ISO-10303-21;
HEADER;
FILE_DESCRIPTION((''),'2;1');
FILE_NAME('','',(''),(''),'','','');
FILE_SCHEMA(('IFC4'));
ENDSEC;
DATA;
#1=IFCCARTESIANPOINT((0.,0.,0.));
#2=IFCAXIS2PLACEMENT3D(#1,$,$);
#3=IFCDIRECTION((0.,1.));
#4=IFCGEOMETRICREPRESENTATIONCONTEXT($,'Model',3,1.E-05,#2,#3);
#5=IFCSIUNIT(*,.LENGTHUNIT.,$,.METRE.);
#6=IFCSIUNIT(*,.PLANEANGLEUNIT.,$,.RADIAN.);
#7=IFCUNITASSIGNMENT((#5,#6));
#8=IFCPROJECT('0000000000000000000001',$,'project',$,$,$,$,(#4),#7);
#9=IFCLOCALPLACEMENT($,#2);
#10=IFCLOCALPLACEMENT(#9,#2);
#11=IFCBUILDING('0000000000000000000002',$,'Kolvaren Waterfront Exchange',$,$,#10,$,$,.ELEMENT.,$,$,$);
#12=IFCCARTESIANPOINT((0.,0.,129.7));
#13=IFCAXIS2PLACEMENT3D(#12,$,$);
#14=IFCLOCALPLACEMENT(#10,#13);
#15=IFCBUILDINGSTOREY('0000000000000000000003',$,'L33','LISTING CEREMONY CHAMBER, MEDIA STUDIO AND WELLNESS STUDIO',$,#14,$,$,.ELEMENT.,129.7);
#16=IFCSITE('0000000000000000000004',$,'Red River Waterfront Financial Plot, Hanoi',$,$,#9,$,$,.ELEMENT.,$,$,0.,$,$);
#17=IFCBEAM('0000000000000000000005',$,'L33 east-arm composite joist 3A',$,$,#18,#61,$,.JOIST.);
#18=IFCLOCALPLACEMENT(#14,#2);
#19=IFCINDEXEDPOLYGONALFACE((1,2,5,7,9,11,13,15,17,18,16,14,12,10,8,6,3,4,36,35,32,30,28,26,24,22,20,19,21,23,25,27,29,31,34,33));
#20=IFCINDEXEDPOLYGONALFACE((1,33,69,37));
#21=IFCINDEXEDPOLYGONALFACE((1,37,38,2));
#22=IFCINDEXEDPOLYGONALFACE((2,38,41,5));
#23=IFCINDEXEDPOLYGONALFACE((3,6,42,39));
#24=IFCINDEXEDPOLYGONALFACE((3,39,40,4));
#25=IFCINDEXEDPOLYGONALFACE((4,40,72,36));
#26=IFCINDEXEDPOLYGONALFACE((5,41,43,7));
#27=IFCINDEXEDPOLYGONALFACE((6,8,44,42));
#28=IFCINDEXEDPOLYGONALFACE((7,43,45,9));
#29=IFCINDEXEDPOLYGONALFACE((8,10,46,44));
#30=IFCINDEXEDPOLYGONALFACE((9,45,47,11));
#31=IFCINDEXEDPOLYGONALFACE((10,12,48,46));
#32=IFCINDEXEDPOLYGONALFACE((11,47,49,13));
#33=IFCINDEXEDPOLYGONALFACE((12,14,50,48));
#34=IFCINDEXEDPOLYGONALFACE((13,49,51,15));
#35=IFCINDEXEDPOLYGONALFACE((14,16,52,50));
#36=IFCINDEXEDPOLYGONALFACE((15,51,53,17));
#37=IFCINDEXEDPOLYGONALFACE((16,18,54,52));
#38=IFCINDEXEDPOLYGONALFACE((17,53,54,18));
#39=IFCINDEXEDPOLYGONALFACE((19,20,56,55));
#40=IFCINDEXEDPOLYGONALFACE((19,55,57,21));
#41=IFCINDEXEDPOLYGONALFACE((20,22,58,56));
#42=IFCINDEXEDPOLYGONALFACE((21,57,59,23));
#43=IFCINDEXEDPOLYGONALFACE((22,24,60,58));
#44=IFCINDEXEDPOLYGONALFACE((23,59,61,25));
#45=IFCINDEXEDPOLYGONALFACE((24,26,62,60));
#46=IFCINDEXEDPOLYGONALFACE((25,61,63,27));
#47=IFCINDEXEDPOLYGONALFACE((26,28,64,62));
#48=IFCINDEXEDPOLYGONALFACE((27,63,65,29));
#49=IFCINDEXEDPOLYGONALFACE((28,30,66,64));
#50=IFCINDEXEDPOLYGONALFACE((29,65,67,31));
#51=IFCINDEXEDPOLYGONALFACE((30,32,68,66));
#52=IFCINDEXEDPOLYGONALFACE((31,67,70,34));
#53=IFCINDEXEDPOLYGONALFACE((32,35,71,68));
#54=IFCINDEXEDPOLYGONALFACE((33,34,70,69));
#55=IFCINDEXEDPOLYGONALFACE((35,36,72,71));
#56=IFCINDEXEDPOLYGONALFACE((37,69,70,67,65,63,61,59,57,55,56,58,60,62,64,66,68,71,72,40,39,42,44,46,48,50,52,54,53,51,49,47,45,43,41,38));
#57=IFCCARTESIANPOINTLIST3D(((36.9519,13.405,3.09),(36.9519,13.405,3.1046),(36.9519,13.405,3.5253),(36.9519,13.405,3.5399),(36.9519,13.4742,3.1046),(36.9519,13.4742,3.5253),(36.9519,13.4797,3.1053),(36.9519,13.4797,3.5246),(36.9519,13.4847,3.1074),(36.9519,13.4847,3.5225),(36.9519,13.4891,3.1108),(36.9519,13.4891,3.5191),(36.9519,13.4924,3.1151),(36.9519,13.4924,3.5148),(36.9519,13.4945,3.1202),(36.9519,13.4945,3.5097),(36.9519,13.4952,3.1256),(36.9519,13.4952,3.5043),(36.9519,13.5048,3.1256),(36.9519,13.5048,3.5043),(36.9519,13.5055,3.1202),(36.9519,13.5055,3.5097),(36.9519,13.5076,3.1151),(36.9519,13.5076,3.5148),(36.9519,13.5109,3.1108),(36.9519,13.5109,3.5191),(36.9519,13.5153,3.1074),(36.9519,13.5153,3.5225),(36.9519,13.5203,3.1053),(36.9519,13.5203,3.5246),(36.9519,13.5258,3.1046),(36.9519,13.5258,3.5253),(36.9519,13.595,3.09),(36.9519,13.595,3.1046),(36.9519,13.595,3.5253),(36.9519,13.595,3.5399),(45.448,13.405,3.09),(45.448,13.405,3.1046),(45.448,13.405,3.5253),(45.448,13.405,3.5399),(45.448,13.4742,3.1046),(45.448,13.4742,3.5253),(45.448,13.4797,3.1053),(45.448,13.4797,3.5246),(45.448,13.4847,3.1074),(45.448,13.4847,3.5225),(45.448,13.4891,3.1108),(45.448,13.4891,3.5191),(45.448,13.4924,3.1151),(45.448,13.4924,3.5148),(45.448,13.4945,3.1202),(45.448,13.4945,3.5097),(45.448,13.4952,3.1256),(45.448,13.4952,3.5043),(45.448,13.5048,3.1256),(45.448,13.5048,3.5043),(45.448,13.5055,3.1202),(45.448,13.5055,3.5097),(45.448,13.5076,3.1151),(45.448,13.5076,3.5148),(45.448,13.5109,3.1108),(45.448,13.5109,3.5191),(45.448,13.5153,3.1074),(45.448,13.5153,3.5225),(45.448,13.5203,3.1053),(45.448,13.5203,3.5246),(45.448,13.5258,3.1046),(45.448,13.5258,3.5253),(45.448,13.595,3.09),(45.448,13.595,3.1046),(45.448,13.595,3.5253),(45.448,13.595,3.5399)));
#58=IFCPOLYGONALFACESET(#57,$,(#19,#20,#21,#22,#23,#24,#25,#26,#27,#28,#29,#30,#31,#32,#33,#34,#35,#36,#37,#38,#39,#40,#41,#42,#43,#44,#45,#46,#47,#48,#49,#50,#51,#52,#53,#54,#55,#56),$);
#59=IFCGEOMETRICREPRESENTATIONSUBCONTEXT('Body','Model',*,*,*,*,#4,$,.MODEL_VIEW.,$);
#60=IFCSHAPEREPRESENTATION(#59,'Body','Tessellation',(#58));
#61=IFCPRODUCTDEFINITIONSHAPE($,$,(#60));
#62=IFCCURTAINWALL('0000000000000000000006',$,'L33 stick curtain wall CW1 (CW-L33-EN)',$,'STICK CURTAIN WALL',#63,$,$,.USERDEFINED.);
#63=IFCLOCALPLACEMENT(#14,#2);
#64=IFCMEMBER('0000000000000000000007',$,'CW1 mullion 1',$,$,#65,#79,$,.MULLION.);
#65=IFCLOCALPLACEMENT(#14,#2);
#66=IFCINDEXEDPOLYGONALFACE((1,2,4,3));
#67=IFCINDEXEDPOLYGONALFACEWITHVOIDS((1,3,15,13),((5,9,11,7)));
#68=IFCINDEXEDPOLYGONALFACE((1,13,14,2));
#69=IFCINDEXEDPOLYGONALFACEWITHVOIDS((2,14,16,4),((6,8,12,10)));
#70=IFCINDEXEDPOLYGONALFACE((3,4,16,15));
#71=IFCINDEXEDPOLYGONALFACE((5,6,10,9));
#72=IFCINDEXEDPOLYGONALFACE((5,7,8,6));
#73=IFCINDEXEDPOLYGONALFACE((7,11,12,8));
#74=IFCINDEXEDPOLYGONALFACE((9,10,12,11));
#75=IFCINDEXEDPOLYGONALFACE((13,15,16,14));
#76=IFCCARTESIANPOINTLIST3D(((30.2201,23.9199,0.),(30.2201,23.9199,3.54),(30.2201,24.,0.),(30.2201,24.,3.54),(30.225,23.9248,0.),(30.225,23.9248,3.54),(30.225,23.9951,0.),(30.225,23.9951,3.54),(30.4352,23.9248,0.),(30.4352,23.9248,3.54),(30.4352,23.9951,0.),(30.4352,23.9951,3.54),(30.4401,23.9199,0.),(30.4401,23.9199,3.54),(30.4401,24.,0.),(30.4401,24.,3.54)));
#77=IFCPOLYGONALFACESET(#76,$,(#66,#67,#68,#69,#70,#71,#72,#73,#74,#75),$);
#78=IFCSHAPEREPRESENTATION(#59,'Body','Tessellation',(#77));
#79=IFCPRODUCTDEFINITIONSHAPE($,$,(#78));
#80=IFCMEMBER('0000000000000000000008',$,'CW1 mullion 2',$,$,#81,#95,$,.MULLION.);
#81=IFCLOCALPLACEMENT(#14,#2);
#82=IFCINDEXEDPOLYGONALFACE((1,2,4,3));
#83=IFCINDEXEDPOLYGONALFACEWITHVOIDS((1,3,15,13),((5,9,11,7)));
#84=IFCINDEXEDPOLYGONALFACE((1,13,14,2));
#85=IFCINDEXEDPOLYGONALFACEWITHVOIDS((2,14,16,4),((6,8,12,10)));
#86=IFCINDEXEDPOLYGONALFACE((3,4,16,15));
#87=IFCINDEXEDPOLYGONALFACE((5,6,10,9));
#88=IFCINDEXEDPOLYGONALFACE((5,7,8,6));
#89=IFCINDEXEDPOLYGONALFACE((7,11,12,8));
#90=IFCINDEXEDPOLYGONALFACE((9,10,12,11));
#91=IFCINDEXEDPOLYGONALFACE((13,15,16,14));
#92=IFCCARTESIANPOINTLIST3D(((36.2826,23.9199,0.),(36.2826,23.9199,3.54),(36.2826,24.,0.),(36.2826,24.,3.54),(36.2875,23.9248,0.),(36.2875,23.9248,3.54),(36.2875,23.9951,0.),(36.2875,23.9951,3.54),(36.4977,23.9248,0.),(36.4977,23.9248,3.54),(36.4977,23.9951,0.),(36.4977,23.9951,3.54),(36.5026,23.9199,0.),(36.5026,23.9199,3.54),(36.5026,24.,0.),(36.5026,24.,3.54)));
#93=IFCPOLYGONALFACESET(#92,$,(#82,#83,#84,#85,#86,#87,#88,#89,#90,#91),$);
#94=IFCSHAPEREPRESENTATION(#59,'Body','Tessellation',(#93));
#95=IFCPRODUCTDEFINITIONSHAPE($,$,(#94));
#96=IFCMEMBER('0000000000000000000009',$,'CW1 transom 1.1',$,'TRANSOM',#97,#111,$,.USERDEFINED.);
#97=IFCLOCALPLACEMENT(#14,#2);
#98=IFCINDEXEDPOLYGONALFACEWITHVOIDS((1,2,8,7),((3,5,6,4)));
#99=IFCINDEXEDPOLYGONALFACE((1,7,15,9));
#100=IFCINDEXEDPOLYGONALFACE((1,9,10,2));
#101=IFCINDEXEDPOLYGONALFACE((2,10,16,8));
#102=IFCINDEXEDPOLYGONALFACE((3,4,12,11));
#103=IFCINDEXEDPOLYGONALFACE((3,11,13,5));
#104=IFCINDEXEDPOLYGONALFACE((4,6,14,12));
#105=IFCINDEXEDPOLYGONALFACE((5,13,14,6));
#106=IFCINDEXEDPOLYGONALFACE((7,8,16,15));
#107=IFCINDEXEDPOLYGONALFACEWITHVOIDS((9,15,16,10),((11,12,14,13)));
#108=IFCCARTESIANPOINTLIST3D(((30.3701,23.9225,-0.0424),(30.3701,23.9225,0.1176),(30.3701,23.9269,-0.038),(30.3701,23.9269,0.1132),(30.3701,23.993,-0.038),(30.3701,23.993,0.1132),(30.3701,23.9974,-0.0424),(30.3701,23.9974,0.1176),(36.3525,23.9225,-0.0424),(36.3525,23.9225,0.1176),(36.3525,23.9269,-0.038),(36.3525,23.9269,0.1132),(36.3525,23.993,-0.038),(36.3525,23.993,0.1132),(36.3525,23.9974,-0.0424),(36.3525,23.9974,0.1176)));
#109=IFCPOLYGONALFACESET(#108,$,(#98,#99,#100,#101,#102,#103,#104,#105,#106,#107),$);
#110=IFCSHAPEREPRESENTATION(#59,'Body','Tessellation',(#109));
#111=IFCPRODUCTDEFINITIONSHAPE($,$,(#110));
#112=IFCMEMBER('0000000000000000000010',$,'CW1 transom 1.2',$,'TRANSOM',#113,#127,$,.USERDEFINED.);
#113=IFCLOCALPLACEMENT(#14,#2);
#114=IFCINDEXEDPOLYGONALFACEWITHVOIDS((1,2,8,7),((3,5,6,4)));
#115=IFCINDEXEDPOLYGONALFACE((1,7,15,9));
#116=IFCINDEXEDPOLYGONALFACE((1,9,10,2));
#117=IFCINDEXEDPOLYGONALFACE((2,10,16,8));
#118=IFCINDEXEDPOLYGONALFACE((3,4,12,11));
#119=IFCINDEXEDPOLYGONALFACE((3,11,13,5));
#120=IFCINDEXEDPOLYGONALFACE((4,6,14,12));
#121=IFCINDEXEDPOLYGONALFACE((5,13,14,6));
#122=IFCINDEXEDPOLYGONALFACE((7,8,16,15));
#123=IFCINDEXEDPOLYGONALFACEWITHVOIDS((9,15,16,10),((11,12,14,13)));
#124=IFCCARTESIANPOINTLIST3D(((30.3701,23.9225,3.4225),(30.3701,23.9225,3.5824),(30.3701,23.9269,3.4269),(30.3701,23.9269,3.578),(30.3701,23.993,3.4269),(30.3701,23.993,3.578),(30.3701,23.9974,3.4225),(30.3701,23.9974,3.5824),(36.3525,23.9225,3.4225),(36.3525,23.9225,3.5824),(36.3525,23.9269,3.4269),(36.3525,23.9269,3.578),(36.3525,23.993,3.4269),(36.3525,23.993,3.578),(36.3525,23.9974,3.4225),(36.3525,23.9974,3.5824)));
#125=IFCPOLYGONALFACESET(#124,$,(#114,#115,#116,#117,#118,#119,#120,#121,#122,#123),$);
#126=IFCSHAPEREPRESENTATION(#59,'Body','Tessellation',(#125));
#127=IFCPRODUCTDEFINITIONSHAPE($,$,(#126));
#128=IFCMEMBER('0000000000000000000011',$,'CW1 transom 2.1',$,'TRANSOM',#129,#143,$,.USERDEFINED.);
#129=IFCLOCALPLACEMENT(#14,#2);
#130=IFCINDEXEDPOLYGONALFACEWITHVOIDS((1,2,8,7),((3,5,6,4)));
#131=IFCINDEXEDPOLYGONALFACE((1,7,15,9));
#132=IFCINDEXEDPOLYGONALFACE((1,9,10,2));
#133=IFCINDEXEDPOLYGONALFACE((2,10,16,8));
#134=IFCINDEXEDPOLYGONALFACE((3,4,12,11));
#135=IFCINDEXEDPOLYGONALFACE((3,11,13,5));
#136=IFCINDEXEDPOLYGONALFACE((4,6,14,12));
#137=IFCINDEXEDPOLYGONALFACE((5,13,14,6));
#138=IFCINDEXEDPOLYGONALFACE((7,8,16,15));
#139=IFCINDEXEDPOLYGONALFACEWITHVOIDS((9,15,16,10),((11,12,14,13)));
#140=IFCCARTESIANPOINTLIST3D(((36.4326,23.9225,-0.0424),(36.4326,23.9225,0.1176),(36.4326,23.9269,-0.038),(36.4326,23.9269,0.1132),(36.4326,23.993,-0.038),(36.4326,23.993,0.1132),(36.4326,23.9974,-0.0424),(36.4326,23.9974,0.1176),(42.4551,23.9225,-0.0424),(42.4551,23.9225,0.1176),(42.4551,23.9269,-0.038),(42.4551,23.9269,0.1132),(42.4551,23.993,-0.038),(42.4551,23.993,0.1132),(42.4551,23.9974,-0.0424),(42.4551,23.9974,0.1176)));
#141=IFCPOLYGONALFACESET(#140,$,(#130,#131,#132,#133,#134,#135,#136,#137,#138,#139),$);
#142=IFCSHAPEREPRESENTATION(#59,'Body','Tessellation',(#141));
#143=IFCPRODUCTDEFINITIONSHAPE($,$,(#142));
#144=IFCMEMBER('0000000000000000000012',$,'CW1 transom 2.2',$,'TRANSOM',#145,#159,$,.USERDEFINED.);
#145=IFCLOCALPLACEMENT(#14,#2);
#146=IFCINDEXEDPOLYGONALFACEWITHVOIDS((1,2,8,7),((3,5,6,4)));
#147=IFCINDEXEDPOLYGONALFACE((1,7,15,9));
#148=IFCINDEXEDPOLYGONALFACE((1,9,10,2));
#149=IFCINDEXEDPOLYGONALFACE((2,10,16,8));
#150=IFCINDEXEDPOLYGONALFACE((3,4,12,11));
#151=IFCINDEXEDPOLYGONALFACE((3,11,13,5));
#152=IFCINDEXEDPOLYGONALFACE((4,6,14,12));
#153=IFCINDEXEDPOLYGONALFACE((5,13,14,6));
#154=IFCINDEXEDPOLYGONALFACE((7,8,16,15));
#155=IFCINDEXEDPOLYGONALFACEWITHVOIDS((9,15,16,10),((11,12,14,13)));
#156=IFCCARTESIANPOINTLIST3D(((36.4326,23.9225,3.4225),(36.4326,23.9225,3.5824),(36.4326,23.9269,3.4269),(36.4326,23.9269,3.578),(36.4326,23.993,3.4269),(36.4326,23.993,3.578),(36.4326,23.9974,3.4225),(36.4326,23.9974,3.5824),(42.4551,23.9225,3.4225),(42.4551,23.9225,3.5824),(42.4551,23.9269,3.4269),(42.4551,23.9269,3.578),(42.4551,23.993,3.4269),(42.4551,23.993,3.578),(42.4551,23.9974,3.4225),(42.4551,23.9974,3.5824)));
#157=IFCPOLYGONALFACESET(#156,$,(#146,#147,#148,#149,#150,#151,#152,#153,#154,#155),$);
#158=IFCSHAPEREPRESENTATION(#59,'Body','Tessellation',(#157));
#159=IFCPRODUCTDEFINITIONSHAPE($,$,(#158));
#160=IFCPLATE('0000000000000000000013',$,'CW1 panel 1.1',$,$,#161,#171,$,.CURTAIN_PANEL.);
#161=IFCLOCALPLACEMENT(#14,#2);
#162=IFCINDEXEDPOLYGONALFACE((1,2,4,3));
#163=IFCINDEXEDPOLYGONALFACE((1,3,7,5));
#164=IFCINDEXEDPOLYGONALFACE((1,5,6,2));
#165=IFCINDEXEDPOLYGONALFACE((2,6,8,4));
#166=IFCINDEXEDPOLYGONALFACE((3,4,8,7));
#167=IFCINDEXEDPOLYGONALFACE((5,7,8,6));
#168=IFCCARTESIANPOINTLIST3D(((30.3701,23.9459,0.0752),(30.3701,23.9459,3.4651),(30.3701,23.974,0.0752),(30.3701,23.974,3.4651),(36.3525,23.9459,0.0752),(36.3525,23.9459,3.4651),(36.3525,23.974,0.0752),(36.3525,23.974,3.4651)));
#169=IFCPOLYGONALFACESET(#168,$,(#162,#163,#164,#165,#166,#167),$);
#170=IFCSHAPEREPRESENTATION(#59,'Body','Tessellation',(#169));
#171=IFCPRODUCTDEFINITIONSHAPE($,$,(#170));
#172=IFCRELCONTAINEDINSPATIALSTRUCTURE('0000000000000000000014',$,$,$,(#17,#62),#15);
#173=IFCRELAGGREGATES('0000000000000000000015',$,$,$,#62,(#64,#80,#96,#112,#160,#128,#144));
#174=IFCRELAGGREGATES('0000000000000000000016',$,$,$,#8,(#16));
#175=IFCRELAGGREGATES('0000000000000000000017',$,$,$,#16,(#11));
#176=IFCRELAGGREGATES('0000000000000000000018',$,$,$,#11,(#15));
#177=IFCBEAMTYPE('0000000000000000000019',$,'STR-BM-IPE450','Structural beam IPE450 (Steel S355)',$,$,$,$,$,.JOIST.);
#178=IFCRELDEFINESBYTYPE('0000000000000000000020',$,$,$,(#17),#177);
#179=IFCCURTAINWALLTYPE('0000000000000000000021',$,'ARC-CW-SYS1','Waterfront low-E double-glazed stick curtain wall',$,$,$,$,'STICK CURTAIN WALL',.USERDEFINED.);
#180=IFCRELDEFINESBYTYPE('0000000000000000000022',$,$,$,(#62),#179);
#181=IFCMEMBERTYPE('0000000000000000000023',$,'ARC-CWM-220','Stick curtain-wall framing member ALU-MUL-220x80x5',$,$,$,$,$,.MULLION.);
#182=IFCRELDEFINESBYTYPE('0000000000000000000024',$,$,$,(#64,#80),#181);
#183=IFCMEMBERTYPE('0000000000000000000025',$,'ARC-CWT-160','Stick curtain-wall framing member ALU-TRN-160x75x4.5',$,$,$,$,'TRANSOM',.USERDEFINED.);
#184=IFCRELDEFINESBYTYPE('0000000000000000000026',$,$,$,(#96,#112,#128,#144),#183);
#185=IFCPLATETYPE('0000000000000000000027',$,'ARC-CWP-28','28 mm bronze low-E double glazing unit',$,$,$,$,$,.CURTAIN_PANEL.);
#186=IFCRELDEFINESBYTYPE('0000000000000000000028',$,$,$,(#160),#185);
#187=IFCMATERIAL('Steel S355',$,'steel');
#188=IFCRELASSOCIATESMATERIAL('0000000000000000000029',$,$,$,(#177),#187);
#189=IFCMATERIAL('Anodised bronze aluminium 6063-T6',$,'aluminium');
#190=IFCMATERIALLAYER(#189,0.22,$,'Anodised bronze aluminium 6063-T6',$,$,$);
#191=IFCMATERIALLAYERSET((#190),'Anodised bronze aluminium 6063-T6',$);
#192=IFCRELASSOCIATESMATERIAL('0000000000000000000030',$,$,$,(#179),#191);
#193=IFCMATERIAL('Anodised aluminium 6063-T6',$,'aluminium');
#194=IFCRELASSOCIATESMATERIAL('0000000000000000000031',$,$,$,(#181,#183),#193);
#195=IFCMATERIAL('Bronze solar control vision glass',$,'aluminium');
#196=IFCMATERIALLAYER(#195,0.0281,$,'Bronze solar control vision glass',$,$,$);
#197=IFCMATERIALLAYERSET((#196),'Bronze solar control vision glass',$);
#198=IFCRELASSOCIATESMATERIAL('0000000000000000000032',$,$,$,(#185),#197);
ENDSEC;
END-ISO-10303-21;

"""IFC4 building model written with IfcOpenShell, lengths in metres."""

from ifc_helpers import new_model, si_unit, direction, frame, origin, origin_with_axes, origin_2d, place, context, subcontext, project, spatial, rectangle, hollow_rectangle, i_section, extrude, source, transform, mapped, material, layer, layer_set, material_profile, profile_set, type_object, element, aggregate, save


model = new_model("IFC4")

# Units and contexts
model_context = context("Model", 3, precision=1e-05, world=origin(), true_north=direction((0.0, 1.0)))
body_context = subcontext(model_context, "Body", "Model", "MODEL_VIEW")
ifc_project = project(units=[si_unit("LENGTHUNIT", "METRE"), si_unit("PLANEANGLEUNIT", "RADIAN")], contexts=[model_context])

# Site, building, storey
site_placement = place(None, origin())
site = spatial("IfcSite", under=ifc_project, at=site_placement, Name="Red River Waterfront Financial Plot, Hanoi", CompositionType="ELEMENT", RefElevation=0.0)
building_placement = place(site_placement, origin())
building = spatial("IfcBuilding", under=site, at=building_placement, Name="Kolvaren Waterfront Exchange", CompositionType="ELEMENT")
storey_placement = place(building_placement, frame((0.0, 0.0, 129.7)))
storey = spatial("IfcBuildingStorey", under=building, at=storey_placement, Name="L33", Description="LISTING CEREMONY CHAMBER, MEDIA STUDIO AND WELLNESS STUDIO", CompositionType="ELEMENT", Elevation=129.7)

# Beam
ifc_material_1 = material(Name="Steel S355", Category="steel")
ifc_material_profile_1 = material_profile(ifc_material_1, i_section(OverallWidth=0.1899, OverallDepth=0.45, WebThickness=0.0095, FlangeThickness=0.0146, FilletRadius=0.021, at=origin_2d()), Name="IPE450")
ifc_profile_set_1 = profile_set([ifc_material_profile_1], Name="Steel S355")
beam_type_1 = type_object("IfcBeamType", Name="STR-BM-IPE450", Description="Structural beam IPE450 (Steel S355)", PredefinedType="JOIST", material=ifc_profile_set_1)
beam_1_placement = place(storey_placement, frame((36.9519, 13.5, 3.3149), z_axis=(1.0, 0.0, 0.0), x_axis=(0.0, 1.0, 0.0)))
element("IfcBeam", 1, at=beam_1_placement, inside=storey, type_object=beam_type_1, Name="L33 east-arm composite joist 3A", PredefinedType="JOIST", context=body_context, shape_type="SweptSolid", body=[
    extrude(i_section(OverallWidth=0.1899, OverallDepth=0.45, WebThickness=0.0095, FlangeThickness=0.0146, FilletRadius=0.021, at=origin_2d()), origin(), (0.0, 0.0, 1.0), 8.4961),
])

# Curtain wall, members, plate
ifc_material_2 = material(Name="Anodised bronze aluminium 6063-T6", Category="aluminium")
ifc_layer_1 = layer(ifc_material_2, 0.22, Name="Anodised bronze aluminium 6063-T6")
ifc_layer_set_1 = layer_set([ifc_layer_1], Name="Anodised bronze aluminium 6063-T6")
curtain_wall_type = type_object("IfcCurtainWallType", Name="ARC-CW-SYS1", Description="Waterfront low-E double-glazed stick curtain wall", ElementType="STICK CURTAIN WALL", PredefinedType="USERDEFINED", material=ifc_layer_set_1)
curtain_wall_placement = place(storey_placement, origin())
curtain_wall = element("IfcCurtainWall", 2, at=curtain_wall_placement, inside=storey, type_object=curtain_wall_type, Name="L33 stick curtain wall CW1 (CW-L33-EN)", ObjectType="STICK CURTAIN WALL", PredefinedType="USERDEFINED")
ifc_material_3 = material(Name="Anodised aluminium 6063-T6", Category="aluminium")
ifc_material_profile_2 = material_profile(ifc_material_3, hollow_rectangle(XDim=0.0801, YDim=0.22, WallThickness=0.0049, at=origin_2d()), Name="ALU-MUL-220x80x5")
ifc_profile_set_2 = profile_set([ifc_material_profile_2], Name="Anodised aluminium 6063-T6")
member_type_1 = type_object("IfcMemberType", Name="ARC-CWM-220", Description="Stick curtain-wall framing member ALU-MUL-220x80x5", PredefinedType="MULLION", material=ifc_profile_set_2)
shared_shape_1 = source(origin_with_axes(), body_context, "Body", "SweptSolid", [
    extrude(hollow_rectangle(XDim=0.0801, YDim=0.22, WallThickness=0.0049, at=origin_2d()), origin(), (0.0, 0.0, 1.0), 3.54),
])
member_1_placement = place(storey_placement, frame((30.3301, 23.96, 0.0), z_axis=(0.0, 0.0, 1.0), x_axis=(0.0, 1.0, 0.0)))
member_1 = element("IfcMember", 3, at=member_1_placement, type_object=member_type_1, Name="CW1 mullion 1", PredefinedType="MULLION", context=body_context, shape_type="MappedRepresentation", body=[
    mapped(shared_shape_1, transform((0.0, 0.0, 0.0), x_axis=(1.0, 0.0, 0.0), y_axis=(0.0, 1.0, 0.0), z_axis=(0.0, 0.0, 1.0), scale=1.0)),
])
member_2_placement = place(storey_placement, frame((36.3926, 23.96, 0.0), z_axis=(0.0, 0.0, 1.0), x_axis=(0.0, 1.0, 0.0)))
member_2 = element("IfcMember", 4, at=member_2_placement, type_object=member_type_1, Name="CW1 mullion 2", PredefinedType="MULLION", context=body_context, shape_type="MappedRepresentation", body=[
    mapped(shared_shape_1, transform((0.0, 0.0, 0.0), x_axis=(1.0, 0.0, 0.0), y_axis=(0.0, 1.0, 0.0), z_axis=(0.0, 0.0, 1.0), scale=1.0)),
])
ifc_material_profile_3 = material_profile(ifc_material_3, hollow_rectangle(XDim=0.075, YDim=0.1599, WallThickness=0.0044, at=origin_2d()), Name="ALU-TRN-160x75x4.5")
ifc_profile_set_3 = profile_set([ifc_material_profile_3], Name="Anodised aluminium 6063-T6")
member_type_2 = type_object("IfcMemberType", Name="ARC-CWT-160", Description="Stick curtain-wall framing member ALU-TRN-160x75x4.5", ElementType="TRANSOM", PredefinedType="USERDEFINED", material=ifc_profile_set_3)
shared_shape_2 = source(origin_with_axes(), body_context, "Body", "SweptSolid", [
    extrude(hollow_rectangle(XDim=0.075, YDim=0.1599, WallThickness=0.0044, at=origin_2d()), origin(), (0.0, 0.0, 1.0), 5.9824),
])
member_3_placement = place(storey_placement, frame((30.3701, 23.96, 0.0376), z_axis=(1.0, 0.0, 0.0), x_axis=(0.0, 1.0, 0.0)))
member_3 = element("IfcMember", 5, at=member_3_placement, type_object=member_type_2, Name="CW1 transom 1.1", ObjectType="TRANSOM", PredefinedType="USERDEFINED", context=body_context, shape_type="MappedRepresentation", body=[
    mapped(shared_shape_2, transform((0.0, 0.0, 0.0), x_axis=(1.0, 0.0, 0.0), y_axis=(0.0, 1.0, 0.0), z_axis=(0.0, 0.0, 1.0), scale=1.0)),
])
member_4_placement = place(storey_placement, frame((30.3701, 23.96, 3.5024), z_axis=(1.0, 0.0, 0.0), x_axis=(0.0, 1.0, 0.0)))
member_4 = element("IfcMember", 6, at=member_4_placement, type_object=member_type_2, Name="CW1 transom 1.2", ObjectType="TRANSOM", PredefinedType="USERDEFINED", context=body_context, shape_type="MappedRepresentation", body=[
    mapped(shared_shape_2, transform((0.0, 0.0, 0.0), x_axis=(1.0, 0.0, 0.0), y_axis=(0.0, 1.0, 0.0), z_axis=(0.0, 0.0, 1.0), scale=1.0)),
])
shared_shape_3 = source(origin_with_axes(), body_context, "Body", "SweptSolid", [
    extrude(hollow_rectangle(XDim=0.075, YDim=0.1599, WallThickness=0.0044, at=origin_2d()), origin(), (0.0, 0.0, 1.0), 6.0225),
])
member_5_placement = place(storey_placement, frame((36.4326, 23.96, 0.0376), z_axis=(1.0, 0.0, 0.0), x_axis=(0.0, 1.0, 0.0)))
member_5 = element("IfcMember", 7, at=member_5_placement, type_object=member_type_2, Name="CW1 transom 2.1", ObjectType="TRANSOM", PredefinedType="USERDEFINED", context=body_context, shape_type="MappedRepresentation", body=[
    mapped(shared_shape_3, transform((0.0, 0.0, 0.0), x_axis=(1.0, 0.0, 0.0), y_axis=(0.0, 1.0, 0.0), z_axis=(0.0, 0.0, 1.0), scale=1.0)),
])
member_6_placement = place(storey_placement, frame((36.4326, 23.96, 3.5024), z_axis=(1.0, 0.0, 0.0), x_axis=(0.0, 1.0, 0.0)))
member_6 = element("IfcMember", 8, at=member_6_placement, type_object=member_type_2, Name="CW1 transom 2.2", ObjectType="TRANSOM", PredefinedType="USERDEFINED", context=body_context, shape_type="MappedRepresentation", body=[
    mapped(shared_shape_3, transform((0.0, 0.0, 0.0), x_axis=(1.0, 0.0, 0.0), y_axis=(0.0, 1.0, 0.0), z_axis=(0.0, 0.0, 1.0), scale=1.0)),
])
ifc_material_4 = material(Name="Bronze solar control vision glass", Category="aluminium")
ifc_layer_2 = layer(ifc_material_4, 0.0281, Name="Bronze solar control vision glass")
ifc_layer_set_2 = layer_set([ifc_layer_2], Name="Bronze solar control vision glass")
plate_type = type_object("IfcPlateType", Name="ARC-CWP-28", Description="28 mm bronze low-E double glazing unit", PredefinedType="CURTAIN_PANEL", material=ifc_layer_set_2)
shared_shape_4 = source(origin_with_axes(), body_context, "Body", "SweptSolid", [
    extrude(rectangle(XDim=5.9824, YDim=0.0281, at=origin_2d()), origin(), (0.0, 0.0, 1.0), 3.3899),
])
plate_placement = place(storey_placement, frame((33.3613, 23.96, 0.0752), z_axis=(0.0, 0.0, 1.0), x_axis=(1.0, 0.0, 0.0)))
plate = element("IfcPlate", 9, at=plate_placement, type_object=plate_type, Name="CW1 panel 1.1", PredefinedType="CURTAIN_PANEL", context=body_context, shape_type="MappedRepresentation", body=[
    mapped(shared_shape_4, transform((0.0, 0.0, 0.0), x_axis=(1.0, 0.0, 0.0), y_axis=(0.0, 1.0, 0.0), z_axis=(0.0, 0.0, 1.0), scale=1.0)),
])
aggregate(curtain_wall, [member_1, member_2, member_3, member_4, plate, member_5, member_6])

save(model, "model.ifc")
